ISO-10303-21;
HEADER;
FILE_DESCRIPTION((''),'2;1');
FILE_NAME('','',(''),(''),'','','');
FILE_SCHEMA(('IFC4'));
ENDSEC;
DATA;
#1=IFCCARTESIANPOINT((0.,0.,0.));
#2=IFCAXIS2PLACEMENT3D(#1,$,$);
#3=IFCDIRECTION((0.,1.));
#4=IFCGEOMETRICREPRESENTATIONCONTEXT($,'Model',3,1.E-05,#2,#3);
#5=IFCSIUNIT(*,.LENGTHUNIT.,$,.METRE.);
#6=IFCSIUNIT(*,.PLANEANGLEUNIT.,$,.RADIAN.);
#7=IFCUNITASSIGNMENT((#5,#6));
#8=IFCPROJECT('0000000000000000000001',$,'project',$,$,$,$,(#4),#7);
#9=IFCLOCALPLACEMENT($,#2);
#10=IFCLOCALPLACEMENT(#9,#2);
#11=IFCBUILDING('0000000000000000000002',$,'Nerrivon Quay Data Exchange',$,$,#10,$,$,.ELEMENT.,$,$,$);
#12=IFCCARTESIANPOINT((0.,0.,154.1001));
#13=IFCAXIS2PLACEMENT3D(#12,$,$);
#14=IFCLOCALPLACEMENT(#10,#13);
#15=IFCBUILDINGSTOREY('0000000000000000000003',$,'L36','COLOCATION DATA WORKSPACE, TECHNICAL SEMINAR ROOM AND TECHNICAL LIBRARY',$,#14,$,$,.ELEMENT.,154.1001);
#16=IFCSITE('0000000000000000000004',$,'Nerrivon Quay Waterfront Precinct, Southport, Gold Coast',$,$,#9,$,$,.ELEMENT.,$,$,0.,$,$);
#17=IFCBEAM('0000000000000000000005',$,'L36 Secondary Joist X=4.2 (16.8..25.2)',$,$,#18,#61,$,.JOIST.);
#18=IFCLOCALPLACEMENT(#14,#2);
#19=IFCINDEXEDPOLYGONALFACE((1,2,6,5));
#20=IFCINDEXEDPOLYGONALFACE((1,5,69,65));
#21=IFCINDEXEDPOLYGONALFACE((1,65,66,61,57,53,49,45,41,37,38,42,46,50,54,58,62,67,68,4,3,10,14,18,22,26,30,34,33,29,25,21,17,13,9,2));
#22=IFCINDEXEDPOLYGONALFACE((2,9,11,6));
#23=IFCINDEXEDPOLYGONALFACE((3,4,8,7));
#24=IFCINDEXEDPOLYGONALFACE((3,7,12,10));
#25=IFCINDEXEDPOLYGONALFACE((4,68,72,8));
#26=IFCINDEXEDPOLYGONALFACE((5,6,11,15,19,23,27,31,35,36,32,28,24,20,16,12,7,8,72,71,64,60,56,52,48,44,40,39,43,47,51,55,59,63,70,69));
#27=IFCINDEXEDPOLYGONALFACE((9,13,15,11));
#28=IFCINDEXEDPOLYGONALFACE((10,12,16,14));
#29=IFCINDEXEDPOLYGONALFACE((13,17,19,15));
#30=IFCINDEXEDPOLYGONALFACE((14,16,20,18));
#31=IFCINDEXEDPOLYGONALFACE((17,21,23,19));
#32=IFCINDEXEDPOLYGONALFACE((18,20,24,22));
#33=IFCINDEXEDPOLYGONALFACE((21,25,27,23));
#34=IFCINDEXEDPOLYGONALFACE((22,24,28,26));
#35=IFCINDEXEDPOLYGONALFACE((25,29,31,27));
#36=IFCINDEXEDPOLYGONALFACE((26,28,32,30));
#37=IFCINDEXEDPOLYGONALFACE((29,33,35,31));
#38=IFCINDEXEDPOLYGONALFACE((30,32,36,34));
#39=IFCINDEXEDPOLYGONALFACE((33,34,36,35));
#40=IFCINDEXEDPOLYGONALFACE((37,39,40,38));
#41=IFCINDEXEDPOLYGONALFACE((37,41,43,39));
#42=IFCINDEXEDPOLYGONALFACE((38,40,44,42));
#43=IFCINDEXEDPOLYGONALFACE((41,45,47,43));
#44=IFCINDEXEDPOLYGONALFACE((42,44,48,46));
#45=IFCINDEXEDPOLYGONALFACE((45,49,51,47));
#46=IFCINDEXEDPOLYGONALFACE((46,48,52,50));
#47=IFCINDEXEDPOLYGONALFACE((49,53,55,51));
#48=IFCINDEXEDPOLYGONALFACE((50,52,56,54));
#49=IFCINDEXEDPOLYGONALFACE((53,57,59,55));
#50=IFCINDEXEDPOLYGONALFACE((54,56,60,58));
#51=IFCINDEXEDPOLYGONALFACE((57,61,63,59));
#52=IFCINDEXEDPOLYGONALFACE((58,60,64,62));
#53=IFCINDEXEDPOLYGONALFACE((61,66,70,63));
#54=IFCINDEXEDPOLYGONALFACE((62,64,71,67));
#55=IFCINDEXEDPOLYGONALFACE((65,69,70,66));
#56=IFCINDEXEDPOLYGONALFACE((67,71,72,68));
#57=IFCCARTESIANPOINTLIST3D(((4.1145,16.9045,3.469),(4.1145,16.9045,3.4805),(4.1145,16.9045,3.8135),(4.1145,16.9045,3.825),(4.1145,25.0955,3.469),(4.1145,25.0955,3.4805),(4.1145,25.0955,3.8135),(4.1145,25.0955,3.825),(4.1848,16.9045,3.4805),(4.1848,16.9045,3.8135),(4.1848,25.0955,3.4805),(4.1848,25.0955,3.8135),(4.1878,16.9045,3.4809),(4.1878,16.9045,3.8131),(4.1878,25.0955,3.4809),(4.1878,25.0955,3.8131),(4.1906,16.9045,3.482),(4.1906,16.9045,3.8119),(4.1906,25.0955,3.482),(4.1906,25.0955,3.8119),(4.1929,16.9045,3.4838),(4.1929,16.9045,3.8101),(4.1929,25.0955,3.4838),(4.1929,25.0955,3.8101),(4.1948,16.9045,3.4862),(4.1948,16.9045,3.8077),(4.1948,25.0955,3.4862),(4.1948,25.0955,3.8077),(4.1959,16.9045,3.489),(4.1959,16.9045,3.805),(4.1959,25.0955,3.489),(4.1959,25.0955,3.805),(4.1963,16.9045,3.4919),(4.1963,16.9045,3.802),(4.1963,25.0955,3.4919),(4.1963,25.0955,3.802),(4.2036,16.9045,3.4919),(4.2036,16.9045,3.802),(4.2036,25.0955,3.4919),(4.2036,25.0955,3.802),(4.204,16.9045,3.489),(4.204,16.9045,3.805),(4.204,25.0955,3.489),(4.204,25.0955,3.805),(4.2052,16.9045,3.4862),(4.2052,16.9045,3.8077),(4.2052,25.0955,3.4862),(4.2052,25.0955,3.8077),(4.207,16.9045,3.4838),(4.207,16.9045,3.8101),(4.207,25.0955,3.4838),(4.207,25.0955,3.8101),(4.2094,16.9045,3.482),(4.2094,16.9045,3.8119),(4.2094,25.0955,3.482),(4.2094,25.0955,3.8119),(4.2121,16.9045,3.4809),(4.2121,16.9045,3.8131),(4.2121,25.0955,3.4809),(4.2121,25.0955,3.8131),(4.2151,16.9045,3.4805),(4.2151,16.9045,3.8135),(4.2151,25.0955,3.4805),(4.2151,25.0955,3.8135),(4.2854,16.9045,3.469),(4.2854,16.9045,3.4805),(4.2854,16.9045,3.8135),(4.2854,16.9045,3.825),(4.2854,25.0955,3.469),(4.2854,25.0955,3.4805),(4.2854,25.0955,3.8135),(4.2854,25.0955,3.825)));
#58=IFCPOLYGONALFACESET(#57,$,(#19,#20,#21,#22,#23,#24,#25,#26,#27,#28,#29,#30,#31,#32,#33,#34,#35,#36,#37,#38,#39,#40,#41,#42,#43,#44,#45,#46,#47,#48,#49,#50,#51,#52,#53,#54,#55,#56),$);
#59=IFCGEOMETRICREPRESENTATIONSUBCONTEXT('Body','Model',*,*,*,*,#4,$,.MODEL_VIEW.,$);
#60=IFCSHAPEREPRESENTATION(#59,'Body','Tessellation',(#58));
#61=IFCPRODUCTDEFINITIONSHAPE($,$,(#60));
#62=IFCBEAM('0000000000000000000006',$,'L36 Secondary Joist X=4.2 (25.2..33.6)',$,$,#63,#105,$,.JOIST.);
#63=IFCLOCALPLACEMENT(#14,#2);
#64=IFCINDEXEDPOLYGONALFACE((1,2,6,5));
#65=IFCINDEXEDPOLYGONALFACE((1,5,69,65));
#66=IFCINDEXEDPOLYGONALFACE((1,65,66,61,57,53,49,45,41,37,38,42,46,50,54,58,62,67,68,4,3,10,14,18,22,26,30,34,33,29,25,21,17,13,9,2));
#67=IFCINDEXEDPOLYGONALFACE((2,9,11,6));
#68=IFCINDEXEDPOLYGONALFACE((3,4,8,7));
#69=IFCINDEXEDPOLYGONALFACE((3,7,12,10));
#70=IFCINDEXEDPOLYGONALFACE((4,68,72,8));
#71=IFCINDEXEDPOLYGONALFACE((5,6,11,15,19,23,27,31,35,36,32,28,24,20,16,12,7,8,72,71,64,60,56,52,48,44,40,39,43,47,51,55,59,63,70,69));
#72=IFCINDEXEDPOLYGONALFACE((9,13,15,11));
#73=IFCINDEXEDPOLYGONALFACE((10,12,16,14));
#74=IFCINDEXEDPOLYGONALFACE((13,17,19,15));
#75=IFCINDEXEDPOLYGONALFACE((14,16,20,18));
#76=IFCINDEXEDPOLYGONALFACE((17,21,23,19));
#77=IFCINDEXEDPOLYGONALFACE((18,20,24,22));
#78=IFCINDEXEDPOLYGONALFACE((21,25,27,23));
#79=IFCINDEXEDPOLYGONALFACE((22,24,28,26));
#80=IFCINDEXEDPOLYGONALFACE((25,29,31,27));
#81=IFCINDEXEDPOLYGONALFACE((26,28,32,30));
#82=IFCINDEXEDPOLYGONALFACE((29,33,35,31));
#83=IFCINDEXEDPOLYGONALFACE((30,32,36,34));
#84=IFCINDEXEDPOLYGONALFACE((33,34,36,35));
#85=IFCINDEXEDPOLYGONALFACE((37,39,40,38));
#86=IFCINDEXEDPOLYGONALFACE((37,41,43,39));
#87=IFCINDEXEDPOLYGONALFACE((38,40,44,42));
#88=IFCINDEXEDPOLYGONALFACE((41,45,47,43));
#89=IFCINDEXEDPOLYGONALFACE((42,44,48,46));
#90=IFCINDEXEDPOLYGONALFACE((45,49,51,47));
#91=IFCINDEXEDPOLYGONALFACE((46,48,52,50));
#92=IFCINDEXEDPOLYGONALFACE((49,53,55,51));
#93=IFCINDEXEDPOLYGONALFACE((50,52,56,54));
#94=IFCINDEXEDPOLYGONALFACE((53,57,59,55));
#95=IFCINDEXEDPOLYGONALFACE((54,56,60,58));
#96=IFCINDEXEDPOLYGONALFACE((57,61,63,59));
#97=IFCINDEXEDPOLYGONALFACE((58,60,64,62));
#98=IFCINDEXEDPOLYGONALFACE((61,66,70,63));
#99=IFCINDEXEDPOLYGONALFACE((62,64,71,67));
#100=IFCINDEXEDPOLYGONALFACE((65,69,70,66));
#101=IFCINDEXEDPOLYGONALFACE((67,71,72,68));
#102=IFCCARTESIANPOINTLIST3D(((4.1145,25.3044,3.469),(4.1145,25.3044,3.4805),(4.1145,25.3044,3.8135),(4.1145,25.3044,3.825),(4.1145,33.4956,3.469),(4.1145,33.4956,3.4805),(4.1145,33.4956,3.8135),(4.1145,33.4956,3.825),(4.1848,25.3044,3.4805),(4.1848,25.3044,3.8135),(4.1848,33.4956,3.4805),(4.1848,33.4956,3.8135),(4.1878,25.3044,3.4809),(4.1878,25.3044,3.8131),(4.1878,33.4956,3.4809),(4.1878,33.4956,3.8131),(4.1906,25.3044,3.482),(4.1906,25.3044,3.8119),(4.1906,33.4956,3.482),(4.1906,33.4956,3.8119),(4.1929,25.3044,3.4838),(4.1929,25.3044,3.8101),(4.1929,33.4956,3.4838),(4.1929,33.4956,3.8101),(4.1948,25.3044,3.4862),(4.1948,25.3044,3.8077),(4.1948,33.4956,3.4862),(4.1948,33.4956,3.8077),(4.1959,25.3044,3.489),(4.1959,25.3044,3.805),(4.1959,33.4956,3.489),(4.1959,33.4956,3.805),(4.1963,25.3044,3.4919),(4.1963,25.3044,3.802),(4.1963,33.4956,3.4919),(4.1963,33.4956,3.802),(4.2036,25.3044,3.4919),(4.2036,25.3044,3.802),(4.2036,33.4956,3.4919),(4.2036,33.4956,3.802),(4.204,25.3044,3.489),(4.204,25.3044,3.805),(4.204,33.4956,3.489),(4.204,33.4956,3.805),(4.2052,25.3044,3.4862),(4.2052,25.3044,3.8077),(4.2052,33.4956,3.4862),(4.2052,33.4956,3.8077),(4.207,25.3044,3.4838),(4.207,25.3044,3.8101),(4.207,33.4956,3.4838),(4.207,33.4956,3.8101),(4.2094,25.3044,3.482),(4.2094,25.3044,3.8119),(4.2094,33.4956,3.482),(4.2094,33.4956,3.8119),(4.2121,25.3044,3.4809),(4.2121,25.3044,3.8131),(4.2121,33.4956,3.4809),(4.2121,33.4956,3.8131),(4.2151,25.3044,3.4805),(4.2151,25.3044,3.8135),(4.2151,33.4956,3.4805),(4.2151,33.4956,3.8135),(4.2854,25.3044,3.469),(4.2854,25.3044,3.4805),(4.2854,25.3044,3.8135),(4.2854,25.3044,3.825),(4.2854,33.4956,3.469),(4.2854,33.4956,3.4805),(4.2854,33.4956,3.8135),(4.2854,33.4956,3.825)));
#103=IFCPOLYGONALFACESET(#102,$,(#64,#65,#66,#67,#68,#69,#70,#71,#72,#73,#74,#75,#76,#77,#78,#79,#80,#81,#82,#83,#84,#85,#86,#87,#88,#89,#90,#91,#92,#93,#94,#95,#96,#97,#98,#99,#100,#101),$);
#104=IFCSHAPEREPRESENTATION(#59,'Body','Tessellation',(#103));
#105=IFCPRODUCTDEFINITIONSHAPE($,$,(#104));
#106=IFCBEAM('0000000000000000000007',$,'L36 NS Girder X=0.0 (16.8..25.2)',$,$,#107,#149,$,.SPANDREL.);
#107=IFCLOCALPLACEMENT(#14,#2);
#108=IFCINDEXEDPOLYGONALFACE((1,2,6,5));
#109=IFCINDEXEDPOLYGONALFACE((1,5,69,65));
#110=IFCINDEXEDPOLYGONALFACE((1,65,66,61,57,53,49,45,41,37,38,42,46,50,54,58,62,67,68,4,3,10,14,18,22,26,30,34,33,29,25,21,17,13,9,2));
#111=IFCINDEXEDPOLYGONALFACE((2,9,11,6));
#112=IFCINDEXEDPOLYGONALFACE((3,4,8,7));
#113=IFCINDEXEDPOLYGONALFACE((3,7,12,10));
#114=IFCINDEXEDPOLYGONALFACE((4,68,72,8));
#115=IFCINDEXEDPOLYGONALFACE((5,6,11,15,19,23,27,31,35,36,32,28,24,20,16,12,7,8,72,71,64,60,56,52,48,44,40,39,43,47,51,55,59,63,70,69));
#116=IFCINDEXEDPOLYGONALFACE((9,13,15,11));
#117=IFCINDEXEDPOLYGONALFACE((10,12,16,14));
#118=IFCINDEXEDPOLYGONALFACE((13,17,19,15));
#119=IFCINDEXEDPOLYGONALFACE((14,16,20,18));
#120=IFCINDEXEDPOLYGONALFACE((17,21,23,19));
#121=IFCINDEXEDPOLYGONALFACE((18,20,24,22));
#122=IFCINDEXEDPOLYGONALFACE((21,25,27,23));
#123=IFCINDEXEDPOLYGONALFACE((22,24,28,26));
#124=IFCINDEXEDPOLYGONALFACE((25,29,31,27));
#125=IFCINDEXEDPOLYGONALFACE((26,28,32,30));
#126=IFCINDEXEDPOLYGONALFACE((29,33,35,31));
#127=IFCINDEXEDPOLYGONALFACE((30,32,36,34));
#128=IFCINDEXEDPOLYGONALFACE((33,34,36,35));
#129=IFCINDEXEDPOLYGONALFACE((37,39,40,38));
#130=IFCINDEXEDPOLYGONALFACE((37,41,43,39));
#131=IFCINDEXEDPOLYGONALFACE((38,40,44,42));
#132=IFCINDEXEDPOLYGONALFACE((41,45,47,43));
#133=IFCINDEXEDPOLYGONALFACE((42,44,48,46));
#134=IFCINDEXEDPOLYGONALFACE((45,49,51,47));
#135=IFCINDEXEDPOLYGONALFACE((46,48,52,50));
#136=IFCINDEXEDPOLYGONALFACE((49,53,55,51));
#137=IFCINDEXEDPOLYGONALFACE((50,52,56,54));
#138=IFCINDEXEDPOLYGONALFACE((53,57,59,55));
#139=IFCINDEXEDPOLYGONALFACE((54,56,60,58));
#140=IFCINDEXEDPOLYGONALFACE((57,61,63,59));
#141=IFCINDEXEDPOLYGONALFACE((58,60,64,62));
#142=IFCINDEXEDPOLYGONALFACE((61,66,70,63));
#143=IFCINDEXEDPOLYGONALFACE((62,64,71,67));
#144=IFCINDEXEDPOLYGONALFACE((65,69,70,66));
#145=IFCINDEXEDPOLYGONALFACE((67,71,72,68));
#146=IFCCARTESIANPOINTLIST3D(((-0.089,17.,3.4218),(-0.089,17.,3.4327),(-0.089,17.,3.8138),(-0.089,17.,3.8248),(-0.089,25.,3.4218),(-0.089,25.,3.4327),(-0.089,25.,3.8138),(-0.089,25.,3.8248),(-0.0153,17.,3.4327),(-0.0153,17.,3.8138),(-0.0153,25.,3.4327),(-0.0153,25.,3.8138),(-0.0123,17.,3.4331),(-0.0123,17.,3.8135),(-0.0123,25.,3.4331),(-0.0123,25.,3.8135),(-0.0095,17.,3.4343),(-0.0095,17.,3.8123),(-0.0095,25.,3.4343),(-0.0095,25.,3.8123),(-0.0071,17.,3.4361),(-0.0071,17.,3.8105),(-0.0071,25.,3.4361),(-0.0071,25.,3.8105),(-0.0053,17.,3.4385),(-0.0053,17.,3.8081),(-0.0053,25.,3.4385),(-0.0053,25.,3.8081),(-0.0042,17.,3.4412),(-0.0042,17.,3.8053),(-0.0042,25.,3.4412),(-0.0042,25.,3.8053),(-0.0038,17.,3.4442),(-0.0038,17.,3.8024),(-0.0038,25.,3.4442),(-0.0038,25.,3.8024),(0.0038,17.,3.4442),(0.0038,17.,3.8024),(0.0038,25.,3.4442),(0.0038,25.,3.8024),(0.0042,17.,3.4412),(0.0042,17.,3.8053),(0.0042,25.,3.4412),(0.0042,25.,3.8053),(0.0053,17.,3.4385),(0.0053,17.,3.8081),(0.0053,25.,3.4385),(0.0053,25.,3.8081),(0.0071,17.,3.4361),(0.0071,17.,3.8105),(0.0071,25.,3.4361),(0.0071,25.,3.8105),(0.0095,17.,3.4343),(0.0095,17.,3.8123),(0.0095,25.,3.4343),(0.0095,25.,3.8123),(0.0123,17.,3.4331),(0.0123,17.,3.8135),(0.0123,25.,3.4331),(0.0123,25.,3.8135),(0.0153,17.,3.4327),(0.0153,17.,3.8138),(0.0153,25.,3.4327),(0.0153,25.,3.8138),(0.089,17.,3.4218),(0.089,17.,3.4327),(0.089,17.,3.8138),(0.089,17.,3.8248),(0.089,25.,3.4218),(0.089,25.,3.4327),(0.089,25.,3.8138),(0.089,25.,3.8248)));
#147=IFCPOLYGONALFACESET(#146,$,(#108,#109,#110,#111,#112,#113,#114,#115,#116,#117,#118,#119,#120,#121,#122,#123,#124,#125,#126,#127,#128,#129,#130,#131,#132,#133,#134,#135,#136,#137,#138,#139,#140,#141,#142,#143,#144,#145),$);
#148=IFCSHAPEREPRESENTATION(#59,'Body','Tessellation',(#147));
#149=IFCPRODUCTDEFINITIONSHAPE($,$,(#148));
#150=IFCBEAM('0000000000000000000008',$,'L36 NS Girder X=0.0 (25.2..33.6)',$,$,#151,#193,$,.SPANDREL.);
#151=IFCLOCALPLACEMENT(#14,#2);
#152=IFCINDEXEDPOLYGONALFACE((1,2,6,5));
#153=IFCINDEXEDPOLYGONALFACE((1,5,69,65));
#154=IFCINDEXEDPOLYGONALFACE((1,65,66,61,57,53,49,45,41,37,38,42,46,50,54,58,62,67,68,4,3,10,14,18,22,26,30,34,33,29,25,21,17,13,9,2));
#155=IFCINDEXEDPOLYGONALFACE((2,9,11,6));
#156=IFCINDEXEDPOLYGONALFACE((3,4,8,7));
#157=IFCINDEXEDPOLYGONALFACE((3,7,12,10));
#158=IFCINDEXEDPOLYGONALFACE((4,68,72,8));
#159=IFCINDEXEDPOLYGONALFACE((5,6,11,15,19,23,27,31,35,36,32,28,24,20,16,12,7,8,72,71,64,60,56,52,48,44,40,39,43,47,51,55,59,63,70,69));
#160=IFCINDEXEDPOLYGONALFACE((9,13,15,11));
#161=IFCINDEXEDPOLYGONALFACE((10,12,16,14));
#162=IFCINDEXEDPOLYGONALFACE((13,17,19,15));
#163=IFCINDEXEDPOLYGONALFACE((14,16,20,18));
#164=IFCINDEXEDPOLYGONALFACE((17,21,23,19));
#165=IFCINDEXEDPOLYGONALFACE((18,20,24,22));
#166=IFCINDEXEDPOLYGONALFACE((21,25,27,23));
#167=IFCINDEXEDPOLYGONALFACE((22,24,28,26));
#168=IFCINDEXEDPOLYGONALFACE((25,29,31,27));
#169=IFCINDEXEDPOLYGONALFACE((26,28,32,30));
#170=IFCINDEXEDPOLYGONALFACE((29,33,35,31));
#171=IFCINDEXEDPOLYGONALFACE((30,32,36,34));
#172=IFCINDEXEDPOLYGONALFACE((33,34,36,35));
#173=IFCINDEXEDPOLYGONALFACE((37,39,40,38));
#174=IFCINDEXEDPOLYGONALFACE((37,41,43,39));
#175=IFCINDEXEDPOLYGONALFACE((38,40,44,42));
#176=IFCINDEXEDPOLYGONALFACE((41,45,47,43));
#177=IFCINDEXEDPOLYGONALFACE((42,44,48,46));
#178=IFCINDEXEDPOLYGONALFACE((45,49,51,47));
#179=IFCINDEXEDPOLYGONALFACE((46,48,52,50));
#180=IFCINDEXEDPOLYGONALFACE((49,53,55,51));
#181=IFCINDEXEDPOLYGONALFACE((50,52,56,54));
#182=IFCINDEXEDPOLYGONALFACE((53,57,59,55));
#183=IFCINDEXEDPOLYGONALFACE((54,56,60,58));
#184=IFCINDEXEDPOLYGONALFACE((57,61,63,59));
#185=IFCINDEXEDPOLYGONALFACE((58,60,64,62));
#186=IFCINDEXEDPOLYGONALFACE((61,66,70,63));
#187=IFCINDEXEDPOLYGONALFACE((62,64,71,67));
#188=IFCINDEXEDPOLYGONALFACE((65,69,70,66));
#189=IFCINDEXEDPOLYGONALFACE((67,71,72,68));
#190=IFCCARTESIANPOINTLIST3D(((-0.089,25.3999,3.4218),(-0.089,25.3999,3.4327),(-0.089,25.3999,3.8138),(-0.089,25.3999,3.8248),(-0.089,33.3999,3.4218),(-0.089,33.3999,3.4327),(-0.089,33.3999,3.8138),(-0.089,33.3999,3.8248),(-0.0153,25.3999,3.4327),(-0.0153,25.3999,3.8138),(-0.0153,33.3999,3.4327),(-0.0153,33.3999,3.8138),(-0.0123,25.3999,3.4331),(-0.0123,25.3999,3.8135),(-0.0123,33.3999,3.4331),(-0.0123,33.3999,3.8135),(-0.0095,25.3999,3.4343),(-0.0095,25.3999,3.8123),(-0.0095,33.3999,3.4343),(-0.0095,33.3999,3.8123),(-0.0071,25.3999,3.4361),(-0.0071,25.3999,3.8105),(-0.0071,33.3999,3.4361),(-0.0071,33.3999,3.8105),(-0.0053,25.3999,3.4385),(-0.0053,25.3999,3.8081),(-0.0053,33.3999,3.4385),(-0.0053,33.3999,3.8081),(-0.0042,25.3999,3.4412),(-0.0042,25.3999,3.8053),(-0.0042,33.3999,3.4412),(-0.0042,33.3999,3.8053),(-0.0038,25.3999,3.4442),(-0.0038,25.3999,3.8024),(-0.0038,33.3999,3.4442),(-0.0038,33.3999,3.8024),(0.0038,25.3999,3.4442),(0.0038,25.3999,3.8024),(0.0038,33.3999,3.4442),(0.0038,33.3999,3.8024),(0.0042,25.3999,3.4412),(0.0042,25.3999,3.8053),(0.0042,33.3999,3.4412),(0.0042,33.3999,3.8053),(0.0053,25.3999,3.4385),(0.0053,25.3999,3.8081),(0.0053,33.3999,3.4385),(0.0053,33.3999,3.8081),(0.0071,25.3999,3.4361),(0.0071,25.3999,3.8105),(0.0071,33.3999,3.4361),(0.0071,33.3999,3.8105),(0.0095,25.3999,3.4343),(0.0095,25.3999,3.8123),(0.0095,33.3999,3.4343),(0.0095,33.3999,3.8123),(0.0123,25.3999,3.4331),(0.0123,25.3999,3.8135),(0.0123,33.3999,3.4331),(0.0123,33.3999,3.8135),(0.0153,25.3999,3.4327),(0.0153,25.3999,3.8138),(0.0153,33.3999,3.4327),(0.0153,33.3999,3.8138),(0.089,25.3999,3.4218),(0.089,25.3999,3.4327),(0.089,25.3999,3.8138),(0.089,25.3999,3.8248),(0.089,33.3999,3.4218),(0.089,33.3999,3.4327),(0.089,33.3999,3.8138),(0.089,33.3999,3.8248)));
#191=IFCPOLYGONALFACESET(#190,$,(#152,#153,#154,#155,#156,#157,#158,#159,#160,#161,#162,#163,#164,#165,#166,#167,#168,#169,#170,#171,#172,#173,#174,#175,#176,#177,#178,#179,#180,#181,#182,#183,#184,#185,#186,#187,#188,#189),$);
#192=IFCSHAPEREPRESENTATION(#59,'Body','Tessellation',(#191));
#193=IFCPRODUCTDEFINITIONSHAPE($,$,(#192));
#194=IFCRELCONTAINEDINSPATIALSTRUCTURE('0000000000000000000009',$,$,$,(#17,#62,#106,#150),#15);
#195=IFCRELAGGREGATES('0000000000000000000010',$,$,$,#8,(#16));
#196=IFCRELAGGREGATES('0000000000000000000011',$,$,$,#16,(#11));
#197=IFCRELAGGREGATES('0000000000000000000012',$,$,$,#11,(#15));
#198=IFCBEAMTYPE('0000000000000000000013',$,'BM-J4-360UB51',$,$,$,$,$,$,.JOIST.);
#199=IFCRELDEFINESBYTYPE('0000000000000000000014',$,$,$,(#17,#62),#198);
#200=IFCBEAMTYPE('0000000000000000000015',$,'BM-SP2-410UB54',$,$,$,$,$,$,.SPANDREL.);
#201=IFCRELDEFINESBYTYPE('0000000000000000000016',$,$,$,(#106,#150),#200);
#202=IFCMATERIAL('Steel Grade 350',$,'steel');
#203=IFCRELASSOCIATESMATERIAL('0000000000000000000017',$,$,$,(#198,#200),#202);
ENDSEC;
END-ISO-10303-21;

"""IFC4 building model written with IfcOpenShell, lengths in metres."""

from ifc_helpers import new_model, si_unit, direction, frame, origin, origin_2d, place, context, subcontext, project, spatial, i_section, extrude, material, material_profile, profile_set, type_object, element, save


model = new_model("IFC4")

# Units and contexts
model_context = context("Model", 3, precision=1e-05, world=origin(), true_north=direction((0.0, 1.0)))
body_context = subcontext(model_context, "Body", "Model", "MODEL_VIEW")
ifc_project = project(units=[si_unit("LENGTHUNIT", "METRE"), si_unit("PLANEANGLEUNIT", "RADIAN")], contexts=[model_context])

# Site, building, storey
site_placement = place(None, origin())
site = spatial("IfcSite", under=ifc_project, at=site_placement, Name="Nerrivon Quay Waterfront Precinct, Southport, Gold Coast", CompositionType="ELEMENT", RefElevation=0.0)
building_placement = place(site_placement, origin())
building = spatial("IfcBuilding", under=site, at=building_placement, Name="Nerrivon Quay Data Exchange", CompositionType="ELEMENT")
storey_placement = place(building_placement, frame((0.0, 0.0, 154.1001)))
storey = spatial("IfcBuildingStorey", under=building, at=storey_placement, Name="L36", Description="COLOCATION DATA WORKSPACE, TECHNICAL SEMINAR ROOM AND TECHNICAL LIBRARY", CompositionType="ELEMENT", Elevation=154.1001)

# Shared definitions
ifc_material_1 = material(Name="Steel Grade 350", Category="steel")

# Beams
ifc_material_profile_1 = material_profile(ifc_material_1, i_section(OverallWidth=0.1709, OverallDepth=0.356, WebThickness=0.0073, FlangeThickness=0.0115, FilletRadius=0.0115, at=origin_2d()), Name="360UB50.7")
ifc_profile_set_1 = profile_set([ifc_material_profile_1], Name="Steel Grade 350")
beam_type_1 = type_object("IfcBeamType", Name="BM-J4-360UB51", PredefinedType="JOIST", material=ifc_profile_set_1)
beam_1_placement = place(storey_placement, frame((4.2, 16.9045, 3.647), z_axis=(0.0, 1.0, 0.0), x_axis=(-1.0, 0.0, 0.0)))
element("IfcBeam", 1, at=beam_1_placement, inside=storey, type_object=beam_type_1, Name="L36 Secondary Joist X=4.2 (16.8..25.2)", PredefinedType="JOIST", context=body_context, shape_type="SweptSolid", body=[
    extrude(i_section(OverallWidth=0.1709, OverallDepth=0.356, WebThickness=0.0073, FlangeThickness=0.0115, FilletRadius=0.0115, at=origin_2d()), origin(), (0.0, 0.0, 1.0), 8.1909),
])
beam_2_placement = place(storey_placement, frame((4.2, 25.3044, 3.647), z_axis=(0.0, 1.0, 0.0), x_axis=(-1.0, 0.0, 0.0)))
element("IfcBeam", 2, at=beam_2_placement, inside=storey, type_object=beam_type_1, Name="L36 Secondary Joist X=4.2 (25.2..33.6)", PredefinedType="JOIST", context=body_context, shape_type="SweptSolid", body=[
    extrude(i_section(OverallWidth=0.1709, OverallDepth=0.356, WebThickness=0.0073, FlangeThickness=0.0115, FilletRadius=0.0115, at=origin_2d()), origin(), (0.0, 0.0, 1.0), 8.1912),
])
ifc_material_profile_2 = material_profile(ifc_material_1, i_section(OverallWidth=0.178, OverallDepth=0.4031, WebThickness=0.0076, FlangeThickness=0.011, FilletRadius=0.0115, at=origin_2d()), Name="410UB53.7")
ifc_profile_set_2 = profile_set([ifc_material_profile_2], Name="Steel Grade 350")
beam_type_2 = type_object("IfcBeamType", Name="BM-SP2-410UB54", PredefinedType="SPANDREL", material=ifc_profile_set_2)
for number, where, z_axis, x_axis, name in (
    (3, (0.0, 17.0, 3.6233), (0.0, 1.0, 0.0), (-1.0, 0.0, 0.0), "L36 NS Girder X=0.0 (16.8..25.2)"),
    (4, (0.0, 25.3999, 3.6233), (0.0, 1.0, 0.0), (-1.0, 0.0, 0.0), "L36 NS Girder X=0.0 (25.2..33.6)"),
):
    element("IfcBeam", number, at=place(storey_placement, frame(where, z_axis=z_axis, x_axis=x_axis)), inside=storey, type_object=beam_type_2, Name=name, PredefinedType="SPANDREL", context=body_context, shape_type="SweptSolid", body=[
        extrude(i_section(OverallWidth=0.178, OverallDepth=0.4031, WebThickness=0.0076, FlangeThickness=0.011, FilletRadius=0.0115, at=origin_2d()), origin(), (0.0, 0.0, 1.0), 8.0),
    ])

save(model, "model.ifc")
